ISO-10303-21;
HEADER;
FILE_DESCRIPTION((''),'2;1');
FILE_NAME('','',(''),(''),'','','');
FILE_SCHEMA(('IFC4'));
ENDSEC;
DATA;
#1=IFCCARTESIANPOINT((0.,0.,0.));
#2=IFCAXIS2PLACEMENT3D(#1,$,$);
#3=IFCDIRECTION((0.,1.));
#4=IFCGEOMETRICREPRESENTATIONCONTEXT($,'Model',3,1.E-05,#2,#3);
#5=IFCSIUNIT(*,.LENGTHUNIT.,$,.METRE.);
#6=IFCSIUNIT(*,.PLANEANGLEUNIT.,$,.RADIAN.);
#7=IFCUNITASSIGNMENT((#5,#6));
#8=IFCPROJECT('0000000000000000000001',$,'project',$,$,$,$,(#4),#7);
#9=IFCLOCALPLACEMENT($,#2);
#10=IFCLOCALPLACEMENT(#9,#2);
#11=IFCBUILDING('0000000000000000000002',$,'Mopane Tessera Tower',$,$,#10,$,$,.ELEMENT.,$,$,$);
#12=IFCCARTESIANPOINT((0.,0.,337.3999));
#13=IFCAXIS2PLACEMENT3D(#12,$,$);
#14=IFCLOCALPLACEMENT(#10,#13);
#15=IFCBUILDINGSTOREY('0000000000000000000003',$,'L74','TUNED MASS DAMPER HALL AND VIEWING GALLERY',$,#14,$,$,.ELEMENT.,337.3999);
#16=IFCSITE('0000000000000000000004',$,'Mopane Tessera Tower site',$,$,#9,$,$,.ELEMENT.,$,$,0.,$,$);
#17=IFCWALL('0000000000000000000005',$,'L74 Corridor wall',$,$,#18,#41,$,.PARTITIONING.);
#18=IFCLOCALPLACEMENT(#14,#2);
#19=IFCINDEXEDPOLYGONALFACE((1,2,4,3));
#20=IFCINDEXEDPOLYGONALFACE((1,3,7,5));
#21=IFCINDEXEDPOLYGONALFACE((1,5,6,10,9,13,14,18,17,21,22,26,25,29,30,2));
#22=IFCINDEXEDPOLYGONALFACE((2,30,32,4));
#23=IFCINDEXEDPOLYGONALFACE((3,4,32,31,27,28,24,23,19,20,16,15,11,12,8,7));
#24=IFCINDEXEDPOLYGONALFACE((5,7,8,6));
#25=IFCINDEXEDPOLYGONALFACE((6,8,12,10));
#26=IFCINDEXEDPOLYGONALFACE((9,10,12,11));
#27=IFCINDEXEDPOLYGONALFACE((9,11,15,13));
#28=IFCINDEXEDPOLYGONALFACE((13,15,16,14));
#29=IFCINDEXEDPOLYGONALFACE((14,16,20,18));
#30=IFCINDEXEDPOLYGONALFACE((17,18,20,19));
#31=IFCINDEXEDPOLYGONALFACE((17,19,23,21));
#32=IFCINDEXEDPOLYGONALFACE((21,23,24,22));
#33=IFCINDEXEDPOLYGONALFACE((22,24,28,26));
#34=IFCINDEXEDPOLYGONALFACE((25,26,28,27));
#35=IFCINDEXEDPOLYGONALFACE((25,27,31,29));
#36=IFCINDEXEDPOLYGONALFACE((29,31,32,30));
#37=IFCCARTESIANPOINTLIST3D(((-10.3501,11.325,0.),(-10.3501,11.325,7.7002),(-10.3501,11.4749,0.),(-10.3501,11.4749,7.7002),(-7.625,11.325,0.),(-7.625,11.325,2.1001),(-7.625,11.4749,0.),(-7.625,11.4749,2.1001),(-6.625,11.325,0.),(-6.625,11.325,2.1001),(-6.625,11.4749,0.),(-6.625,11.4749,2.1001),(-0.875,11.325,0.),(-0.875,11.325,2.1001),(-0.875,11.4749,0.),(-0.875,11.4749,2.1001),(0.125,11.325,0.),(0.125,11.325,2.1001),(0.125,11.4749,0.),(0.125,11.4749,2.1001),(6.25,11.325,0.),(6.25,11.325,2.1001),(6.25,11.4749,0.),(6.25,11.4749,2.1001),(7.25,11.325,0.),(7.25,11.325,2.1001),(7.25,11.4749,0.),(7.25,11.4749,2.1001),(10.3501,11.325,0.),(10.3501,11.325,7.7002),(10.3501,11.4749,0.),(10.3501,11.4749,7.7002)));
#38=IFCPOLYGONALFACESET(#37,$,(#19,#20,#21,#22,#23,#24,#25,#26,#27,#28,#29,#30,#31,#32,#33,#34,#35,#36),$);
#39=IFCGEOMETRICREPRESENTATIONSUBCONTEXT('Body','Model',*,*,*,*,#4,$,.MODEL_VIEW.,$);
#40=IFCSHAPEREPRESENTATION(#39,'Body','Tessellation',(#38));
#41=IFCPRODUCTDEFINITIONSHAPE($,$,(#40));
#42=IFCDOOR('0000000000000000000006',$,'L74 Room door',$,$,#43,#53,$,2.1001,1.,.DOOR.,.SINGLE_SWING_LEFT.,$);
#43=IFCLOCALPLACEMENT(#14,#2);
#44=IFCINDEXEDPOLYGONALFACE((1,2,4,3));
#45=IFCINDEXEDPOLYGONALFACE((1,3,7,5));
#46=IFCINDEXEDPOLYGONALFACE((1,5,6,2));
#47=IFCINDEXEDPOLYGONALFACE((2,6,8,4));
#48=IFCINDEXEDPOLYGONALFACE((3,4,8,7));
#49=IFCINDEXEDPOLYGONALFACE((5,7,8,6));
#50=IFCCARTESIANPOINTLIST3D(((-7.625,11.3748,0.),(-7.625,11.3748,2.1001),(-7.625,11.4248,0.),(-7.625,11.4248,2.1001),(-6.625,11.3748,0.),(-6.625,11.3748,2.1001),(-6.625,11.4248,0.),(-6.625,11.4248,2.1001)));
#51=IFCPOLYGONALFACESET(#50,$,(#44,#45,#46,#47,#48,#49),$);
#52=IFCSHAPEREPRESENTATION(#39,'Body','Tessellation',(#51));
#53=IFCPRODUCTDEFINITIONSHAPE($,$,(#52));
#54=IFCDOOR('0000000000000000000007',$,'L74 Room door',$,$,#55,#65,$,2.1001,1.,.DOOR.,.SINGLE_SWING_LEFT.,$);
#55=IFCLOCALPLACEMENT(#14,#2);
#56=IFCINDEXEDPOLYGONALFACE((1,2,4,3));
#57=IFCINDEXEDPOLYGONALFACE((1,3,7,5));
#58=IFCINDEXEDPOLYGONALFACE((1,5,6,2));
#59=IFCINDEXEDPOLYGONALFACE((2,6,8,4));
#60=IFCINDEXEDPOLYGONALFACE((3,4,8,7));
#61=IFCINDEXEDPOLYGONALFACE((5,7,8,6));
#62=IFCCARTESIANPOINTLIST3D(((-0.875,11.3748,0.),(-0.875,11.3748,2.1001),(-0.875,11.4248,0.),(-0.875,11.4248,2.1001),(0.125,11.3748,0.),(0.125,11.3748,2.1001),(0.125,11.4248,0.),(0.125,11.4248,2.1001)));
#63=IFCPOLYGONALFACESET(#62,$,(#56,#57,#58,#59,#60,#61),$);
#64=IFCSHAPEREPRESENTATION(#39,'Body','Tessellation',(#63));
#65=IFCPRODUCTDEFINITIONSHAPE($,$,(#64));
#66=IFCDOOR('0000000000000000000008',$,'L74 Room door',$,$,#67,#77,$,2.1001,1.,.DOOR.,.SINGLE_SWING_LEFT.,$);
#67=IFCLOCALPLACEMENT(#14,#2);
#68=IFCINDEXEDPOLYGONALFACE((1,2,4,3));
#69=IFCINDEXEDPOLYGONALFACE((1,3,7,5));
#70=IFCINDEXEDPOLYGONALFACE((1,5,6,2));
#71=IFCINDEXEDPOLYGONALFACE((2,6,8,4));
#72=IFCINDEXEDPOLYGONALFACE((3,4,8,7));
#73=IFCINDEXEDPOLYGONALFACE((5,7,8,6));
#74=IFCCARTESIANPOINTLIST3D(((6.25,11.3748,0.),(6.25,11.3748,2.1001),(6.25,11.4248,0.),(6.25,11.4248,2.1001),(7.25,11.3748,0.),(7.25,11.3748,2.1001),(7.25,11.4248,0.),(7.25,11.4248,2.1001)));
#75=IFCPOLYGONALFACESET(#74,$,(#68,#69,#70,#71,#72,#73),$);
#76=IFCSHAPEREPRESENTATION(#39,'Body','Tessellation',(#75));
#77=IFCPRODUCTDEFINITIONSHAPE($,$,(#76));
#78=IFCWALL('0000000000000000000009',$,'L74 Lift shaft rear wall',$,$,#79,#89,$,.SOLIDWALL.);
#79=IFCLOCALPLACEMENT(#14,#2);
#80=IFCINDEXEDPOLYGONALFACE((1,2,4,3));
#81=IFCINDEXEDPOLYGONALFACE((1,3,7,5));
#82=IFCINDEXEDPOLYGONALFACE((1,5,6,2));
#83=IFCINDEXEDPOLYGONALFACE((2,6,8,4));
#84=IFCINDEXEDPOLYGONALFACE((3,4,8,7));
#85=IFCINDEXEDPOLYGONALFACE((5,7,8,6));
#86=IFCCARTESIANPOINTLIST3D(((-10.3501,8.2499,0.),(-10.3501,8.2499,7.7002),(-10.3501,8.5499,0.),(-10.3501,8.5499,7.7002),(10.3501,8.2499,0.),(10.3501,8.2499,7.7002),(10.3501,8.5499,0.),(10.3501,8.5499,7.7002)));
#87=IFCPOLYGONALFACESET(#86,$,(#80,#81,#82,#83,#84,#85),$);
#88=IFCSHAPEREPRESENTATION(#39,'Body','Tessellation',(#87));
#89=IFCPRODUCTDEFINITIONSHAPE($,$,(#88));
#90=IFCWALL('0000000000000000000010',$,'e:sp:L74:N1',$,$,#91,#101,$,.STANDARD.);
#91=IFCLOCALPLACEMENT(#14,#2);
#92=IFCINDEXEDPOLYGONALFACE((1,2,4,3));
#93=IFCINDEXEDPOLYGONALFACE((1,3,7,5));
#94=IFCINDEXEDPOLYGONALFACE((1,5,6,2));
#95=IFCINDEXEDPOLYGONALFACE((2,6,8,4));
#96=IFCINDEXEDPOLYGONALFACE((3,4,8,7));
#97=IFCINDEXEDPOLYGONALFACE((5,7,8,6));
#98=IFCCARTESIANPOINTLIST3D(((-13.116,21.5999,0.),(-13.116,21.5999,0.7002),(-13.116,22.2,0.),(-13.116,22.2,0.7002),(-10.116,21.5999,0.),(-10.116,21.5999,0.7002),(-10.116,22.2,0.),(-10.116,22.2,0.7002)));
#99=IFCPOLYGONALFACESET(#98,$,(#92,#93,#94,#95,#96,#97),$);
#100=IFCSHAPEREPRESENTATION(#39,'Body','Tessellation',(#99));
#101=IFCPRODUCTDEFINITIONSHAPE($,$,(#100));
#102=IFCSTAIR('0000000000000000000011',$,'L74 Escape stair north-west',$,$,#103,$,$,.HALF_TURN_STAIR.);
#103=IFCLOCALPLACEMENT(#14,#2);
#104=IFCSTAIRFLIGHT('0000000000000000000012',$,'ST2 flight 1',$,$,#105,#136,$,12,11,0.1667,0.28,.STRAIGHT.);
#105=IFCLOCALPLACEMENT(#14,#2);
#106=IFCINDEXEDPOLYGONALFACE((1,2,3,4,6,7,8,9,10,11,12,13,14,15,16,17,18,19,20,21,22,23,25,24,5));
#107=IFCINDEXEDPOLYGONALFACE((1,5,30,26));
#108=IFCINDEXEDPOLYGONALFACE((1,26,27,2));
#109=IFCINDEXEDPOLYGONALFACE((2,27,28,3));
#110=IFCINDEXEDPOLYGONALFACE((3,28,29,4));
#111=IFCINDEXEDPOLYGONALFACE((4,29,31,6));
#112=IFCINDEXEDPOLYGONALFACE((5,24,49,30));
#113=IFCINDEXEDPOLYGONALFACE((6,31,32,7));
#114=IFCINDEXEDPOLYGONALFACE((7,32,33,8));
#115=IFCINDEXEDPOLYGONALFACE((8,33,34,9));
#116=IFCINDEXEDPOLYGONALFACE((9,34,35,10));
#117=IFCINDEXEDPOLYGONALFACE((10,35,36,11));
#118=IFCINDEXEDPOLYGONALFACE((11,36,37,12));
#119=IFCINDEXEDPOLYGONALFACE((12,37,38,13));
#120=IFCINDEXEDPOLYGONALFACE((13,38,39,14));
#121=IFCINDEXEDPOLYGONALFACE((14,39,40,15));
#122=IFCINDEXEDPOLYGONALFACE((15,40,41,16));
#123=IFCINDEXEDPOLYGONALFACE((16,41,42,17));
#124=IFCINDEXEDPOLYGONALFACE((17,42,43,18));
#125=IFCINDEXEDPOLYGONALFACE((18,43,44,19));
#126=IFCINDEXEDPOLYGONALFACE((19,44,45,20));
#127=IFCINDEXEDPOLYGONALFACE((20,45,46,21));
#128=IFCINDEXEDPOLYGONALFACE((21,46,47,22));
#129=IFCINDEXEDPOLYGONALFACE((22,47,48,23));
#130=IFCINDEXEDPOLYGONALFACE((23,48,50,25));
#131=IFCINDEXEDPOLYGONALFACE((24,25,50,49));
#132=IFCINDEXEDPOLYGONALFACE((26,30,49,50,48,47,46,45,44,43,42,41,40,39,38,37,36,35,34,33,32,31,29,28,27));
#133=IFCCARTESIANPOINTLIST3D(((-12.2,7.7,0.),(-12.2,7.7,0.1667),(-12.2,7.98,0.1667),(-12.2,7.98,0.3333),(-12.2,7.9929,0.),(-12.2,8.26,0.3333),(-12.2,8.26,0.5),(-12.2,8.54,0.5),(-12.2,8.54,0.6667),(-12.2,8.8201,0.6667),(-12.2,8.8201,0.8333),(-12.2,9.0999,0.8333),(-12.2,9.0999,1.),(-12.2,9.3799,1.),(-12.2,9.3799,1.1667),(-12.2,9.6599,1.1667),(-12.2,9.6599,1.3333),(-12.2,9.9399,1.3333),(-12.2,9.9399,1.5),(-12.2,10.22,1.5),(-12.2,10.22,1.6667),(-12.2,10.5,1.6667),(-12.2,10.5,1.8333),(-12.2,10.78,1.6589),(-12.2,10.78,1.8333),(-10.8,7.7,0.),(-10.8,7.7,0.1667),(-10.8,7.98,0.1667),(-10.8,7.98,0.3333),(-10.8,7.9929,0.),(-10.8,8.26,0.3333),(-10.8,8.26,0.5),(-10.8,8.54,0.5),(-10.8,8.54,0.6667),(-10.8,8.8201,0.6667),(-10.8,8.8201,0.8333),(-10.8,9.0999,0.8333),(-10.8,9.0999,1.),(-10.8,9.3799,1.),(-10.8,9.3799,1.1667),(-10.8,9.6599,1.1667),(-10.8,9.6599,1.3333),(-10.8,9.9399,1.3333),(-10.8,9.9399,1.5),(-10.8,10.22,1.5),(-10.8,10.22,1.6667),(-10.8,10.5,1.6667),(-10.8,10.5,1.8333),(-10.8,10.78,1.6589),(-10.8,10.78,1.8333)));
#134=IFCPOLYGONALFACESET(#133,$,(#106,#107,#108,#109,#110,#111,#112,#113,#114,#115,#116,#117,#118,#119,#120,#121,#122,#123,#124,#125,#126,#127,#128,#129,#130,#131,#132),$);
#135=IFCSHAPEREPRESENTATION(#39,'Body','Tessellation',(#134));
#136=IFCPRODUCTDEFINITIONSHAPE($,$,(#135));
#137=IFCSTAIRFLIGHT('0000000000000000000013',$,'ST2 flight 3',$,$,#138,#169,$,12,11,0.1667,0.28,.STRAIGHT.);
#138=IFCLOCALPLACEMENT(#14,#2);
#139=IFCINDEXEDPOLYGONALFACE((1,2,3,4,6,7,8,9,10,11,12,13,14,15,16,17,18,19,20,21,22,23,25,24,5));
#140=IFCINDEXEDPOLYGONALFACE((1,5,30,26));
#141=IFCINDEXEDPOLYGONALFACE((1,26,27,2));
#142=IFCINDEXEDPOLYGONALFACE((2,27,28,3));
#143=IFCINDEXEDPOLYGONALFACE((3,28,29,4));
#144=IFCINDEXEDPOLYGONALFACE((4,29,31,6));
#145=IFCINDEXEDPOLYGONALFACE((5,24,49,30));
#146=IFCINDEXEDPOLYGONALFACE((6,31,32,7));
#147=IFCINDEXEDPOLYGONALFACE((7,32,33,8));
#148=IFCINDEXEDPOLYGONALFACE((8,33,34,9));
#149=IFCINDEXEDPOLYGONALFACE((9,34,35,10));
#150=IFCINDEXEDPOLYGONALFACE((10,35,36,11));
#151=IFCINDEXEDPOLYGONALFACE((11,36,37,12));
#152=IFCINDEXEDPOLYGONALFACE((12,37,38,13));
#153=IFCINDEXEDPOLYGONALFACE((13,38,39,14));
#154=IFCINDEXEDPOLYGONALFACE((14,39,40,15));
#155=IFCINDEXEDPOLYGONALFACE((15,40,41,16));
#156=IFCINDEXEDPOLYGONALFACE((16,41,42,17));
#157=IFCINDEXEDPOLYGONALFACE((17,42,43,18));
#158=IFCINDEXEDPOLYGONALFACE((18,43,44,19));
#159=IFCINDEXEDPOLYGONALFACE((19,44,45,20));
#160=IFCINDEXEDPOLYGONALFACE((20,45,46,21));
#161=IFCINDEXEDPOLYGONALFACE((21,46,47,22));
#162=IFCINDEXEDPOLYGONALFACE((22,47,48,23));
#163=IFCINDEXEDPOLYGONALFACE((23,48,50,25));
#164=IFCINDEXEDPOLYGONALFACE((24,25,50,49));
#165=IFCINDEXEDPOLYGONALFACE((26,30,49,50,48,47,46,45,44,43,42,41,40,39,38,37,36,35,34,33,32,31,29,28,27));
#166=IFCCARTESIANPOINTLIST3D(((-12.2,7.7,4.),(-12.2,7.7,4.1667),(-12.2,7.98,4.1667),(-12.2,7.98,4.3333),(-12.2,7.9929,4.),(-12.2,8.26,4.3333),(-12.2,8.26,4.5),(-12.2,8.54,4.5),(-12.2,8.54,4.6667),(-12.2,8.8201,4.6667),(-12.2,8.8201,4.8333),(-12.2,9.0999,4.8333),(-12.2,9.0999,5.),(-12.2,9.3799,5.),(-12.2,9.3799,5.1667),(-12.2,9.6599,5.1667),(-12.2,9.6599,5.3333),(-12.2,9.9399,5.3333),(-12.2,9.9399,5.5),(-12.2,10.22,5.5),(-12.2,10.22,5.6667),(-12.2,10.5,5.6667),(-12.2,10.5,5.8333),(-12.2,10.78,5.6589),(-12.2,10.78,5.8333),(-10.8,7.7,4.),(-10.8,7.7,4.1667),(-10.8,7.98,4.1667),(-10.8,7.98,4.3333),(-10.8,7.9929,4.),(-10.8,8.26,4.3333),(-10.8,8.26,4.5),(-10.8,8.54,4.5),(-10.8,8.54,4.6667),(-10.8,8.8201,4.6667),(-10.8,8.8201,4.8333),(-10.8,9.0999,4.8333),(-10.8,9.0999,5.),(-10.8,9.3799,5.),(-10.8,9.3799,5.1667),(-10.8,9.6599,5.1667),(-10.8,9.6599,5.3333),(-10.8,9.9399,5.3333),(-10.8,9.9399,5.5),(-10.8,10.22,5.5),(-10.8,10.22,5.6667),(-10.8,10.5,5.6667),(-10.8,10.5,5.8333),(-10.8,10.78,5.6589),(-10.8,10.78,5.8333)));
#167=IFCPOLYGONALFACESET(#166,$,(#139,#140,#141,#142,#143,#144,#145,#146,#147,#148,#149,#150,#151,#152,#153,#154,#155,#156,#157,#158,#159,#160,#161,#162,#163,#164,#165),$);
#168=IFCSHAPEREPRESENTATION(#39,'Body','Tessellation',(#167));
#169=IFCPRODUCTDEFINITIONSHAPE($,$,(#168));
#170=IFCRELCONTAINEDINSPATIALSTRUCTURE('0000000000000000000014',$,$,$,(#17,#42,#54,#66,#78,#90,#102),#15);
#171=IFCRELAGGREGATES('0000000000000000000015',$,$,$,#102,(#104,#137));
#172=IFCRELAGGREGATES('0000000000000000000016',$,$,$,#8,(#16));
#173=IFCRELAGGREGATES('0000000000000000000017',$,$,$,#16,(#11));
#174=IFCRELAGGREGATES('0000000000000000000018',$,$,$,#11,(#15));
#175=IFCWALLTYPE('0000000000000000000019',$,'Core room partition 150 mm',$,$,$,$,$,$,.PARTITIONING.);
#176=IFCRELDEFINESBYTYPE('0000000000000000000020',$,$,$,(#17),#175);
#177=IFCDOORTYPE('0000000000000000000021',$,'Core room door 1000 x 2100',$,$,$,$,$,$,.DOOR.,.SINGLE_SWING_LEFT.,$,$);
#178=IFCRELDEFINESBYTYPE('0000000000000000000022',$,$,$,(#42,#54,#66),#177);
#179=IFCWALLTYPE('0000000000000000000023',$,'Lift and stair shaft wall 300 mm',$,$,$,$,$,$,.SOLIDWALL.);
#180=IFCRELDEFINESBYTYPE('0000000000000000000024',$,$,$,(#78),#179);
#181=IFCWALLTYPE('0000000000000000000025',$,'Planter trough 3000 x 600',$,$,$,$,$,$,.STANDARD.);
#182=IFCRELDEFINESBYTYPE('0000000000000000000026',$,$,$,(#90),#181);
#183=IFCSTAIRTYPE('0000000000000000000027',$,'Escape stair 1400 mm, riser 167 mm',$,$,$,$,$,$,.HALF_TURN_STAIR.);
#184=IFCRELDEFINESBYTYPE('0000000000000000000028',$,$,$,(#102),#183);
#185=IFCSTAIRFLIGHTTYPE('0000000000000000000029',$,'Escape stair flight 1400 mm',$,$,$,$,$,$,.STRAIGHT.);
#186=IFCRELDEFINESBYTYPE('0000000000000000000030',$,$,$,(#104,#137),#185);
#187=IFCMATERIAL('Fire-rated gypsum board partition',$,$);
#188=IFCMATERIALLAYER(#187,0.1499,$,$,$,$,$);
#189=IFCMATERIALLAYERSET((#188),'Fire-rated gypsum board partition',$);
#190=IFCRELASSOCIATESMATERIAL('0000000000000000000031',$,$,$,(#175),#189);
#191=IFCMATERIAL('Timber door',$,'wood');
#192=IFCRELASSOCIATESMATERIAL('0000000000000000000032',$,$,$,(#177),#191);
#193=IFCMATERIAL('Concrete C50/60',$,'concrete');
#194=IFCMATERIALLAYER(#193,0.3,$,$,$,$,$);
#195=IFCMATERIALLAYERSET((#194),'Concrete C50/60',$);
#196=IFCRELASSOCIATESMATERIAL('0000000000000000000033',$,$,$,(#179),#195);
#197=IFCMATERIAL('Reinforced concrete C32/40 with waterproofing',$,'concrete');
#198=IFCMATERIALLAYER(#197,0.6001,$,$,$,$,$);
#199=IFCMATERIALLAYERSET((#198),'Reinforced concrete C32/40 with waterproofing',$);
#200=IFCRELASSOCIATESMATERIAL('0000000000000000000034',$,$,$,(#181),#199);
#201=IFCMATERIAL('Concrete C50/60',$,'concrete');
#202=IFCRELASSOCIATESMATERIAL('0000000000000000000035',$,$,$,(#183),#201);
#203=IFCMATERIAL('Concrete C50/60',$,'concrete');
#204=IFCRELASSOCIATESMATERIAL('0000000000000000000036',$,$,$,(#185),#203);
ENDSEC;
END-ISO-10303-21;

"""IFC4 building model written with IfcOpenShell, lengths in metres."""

from ifc_helpers import new_model, si_unit, direction, frame, frame_2d, origin, place, context, subcontext, project, spatial, polyline, rectangle, outline, extrude, material, layer, layer_set, type_object, element, fill, aggregate, save


model = new_model("IFC4")

# Units and contexts
model_context = context("Model", 3, precision=1e-05, world=origin(), true_north=direction((0.0, 1.0)))
body_context = subcontext(model_context, "Body", "Model", "MODEL_VIEW")
ifc_project = project(units=[si_unit("LENGTHUNIT", "METRE"), si_unit("PLANEANGLEUNIT", "RADIAN")], contexts=[model_context])

# Site, building, storey
site_placement = place(None, origin())
site = spatial("IfcSite", under=ifc_project, at=site_placement, Name="Mopane Tessera Tower site", CompositionType="ELEMENT", RefElevation=0.0)
building_placement = place(site_placement, origin())
building = spatial("IfcBuilding", under=site, at=building_placement, Name="Mopane Tessera Tower", CompositionType="ELEMENT")
storey_placement = place(building_placement, frame((0.0, 0.0, 337.3999)))
storey = spatial("IfcBuildingStorey", under=building, at=storey_placement, Name="L74", Description="TUNED MASS DAMPER HALL AND VIEWING GALLERY", CompositionType="ELEMENT", Elevation=337.3999)

# Shared definitions
ifc_material_1 = material(Name="Fire-rated gypsum board partition")
ifc_layer_1 = layer(ifc_material_1, 0.1499)
ifc_layer_set_1 = layer_set([ifc_layer_1], Name="Fire-rated gypsum board partition")
wall_type_1 = type_object("IfcWallType", Name="Core room partition 150 mm", PredefinedType="PARTITIONING", material=ifc_layer_set_1)

# Wall, openings, doors
wall_1_placement = place(storey_placement, frame((-10.3501, 11.3999, 0.0), z_axis=(0.0, 0.0, 1.0), x_axis=(1.0, 0.0, 0.0)))
wall_1 = element("IfcWall", 1, at=wall_1_placement, inside=storey, type_object=wall_type_1, Name="L74 Corridor wall", PredefinedType="PARTITIONING", context=body_context, shape_type="SweptSolid", body=[
    extrude(rectangle(XDim=20.7002, YDim=0.1499, at=frame_2d((10.3501, 0.0))), origin(), (0.0, 0.0, 1.0), 7.7002),
])
opening_1_placement = place(wall_1_placement, frame((2.7251, 0.0, 0.0)))
opening_1 = element("IfcOpeningElement", 2, at=opening_1_placement, cuts=wall_1, PredefinedType="OPENING", context=body_context, shape_type="SweptSolid", body=[
    extrude(rectangle(XDim=1.0, YDim=2.1001, at=frame_2d((0.5, 1.05))), frame((0.0, 0.0869, 0.0), z_axis=(0.0, -1.0, 0.0), x_axis=(1.0, 0.0, 0.0)), (0.0, 0.0, 1.0), 0.1738),
])
opening_2_placement = place(wall_1_placement, frame((9.4751, 0.0, 0.0)))
opening_2 = element("IfcOpeningElement", 3, at=opening_2_placement, cuts=wall_1, PredefinedType="OPENING", context=body_context, shape_type="SweptSolid", body=[
    extrude(rectangle(XDim=1.0, YDim=2.1001, at=frame_2d((0.5, 1.05))), frame((0.0, 0.0869, 0.0), z_axis=(0.0, -1.0, 0.0), x_axis=(1.0, 0.0, 0.0)), (0.0, 0.0, 1.0), 0.1738),
])
opening_3_placement = place(wall_1_placement, frame((16.6001, 0.0, 0.0)))
opening_3 = element("IfcOpeningElement", 4, at=opening_3_placement, cuts=wall_1, PredefinedType="OPENING", context=body_context, shape_type="SweptSolid", body=[
    extrude(rectangle(XDim=1.0, YDim=2.1001, at=frame_2d((0.5, 1.05))), frame((0.0, 0.0869, 0.0), z_axis=(0.0, -1.0, 0.0), x_axis=(1.0, 0.0, 0.0)), (0.0, 0.0, 1.0), 0.1738),
])
ifc_material_2 = material(Name="Timber door", Category="wood")
door_type_1 = type_object("IfcDoorType", Name="Core room door 1000 x 2100", OperationType="SINGLE_SWING_LEFT", PredefinedType="DOOR", material=ifc_material_2)
door_1_placement = place(opening_1_placement, origin())
door_1 = element("IfcDoor", 5, at=door_1_placement, inside=storey, type_object=door_type_1, Name="L74 Room door", OperationType="SINGLE_SWING_LEFT", OverallHeight=2.1001, OverallWidth=1.0, PredefinedType="DOOR", context=body_context, shape_type="SweptSolid", body=[
    extrude(rectangle(XDim=1.0, YDim=2.1001, at=frame_2d((0.5, 1.05))), frame((0.0, 0.0249, 0.0), z_axis=(0.0, -1.0, 0.0), x_axis=(1.0, 0.0, 0.0)), (0.0, 0.0, 1.0), 0.05),
])
fill(opening_1, door_1)
door_2_placement = place(opening_2_placement, origin())
door_2 = element("IfcDoor", 6, at=door_2_placement, inside=storey, type_object=door_type_1, Name="L74 Room door", OperationType="SINGLE_SWING_LEFT", OverallHeight=2.1001, OverallWidth=1.0, PredefinedType="DOOR", context=body_context, shape_type="SweptSolid", body=[
    extrude(rectangle(XDim=1.0, YDim=2.1001, at=frame_2d((0.5, 1.05))), frame((0.0, 0.0249, 0.0), z_axis=(0.0, -1.0, 0.0), x_axis=(1.0, 0.0, 0.0)), (0.0, 0.0, 1.0), 0.05),
])
fill(opening_2, door_2)
door_3_placement = place(opening_3_placement, origin())
door_3 = element("IfcDoor", 7, at=door_3_placement, inside=storey, type_object=door_type_1, Name="L74 Room door", OperationType="SINGLE_SWING_LEFT", OverallHeight=2.1001, OverallWidth=1.0, PredefinedType="DOOR", context=body_context, shape_type="SweptSolid", body=[
    extrude(rectangle(XDim=1.0, YDim=2.1001, at=frame_2d((0.5, 1.05))), frame((0.0, 0.0249, 0.0), z_axis=(0.0, -1.0, 0.0), x_axis=(1.0, 0.0, 0.0)), (0.0, 0.0, 1.0), 0.05),
])
fill(opening_3, door_3)

# Walls
ifc_material_3 = material(Name="Concrete C50/60", Category="concrete")
ifc_layer_2 = layer(ifc_material_3, 0.3)
ifc_layer_set_2 = layer_set([ifc_layer_2], Name="Concrete C50/60")
wall_type_2 = type_object("IfcWallType", Name="Lift and stair shaft wall 300 mm", PredefinedType="SOLIDWALL", material=ifc_layer_set_2)
wall_2_placement = place(storey_placement, frame((-10.3501, 8.3999, 0.0), z_axis=(0.0, 0.0, 1.0), x_axis=(1.0, 0.0, 0.0)))
element("IfcWall", 8, at=wall_2_placement, inside=storey, type_object=wall_type_2, Name="L74 Lift shaft rear wall", PredefinedType="SOLIDWALL", context=body_context, shape_type="SweptSolid", body=[
    extrude(rectangle(XDim=20.7002, YDim=0.3, at=frame_2d((10.3501, 0.0))), origin(), (0.0, 0.0, 1.0), 7.7002),
])
ifc_material_4 = material(Name="Reinforced concrete C32/40 with waterproofing", Category="concrete")
ifc_layer_3 = layer(ifc_material_4, 0.6001)
ifc_layer_set_3 = layer_set([ifc_layer_3], Name="Reinforced concrete C32/40 with waterproofing")
wall_type_3 = type_object("IfcWallType", Name="Planter trough 3000 x 600", PredefinedType="STANDARD", material=ifc_layer_set_3)
wall_3_placement = place(storey_placement, frame((-10.116, 21.8999, 0.0), z_axis=(0.0, 0.0, 1.0), x_axis=(-1.0, 0.0, 0.0)))
element("IfcWall", 9, at=wall_3_placement, inside=storey, type_object=wall_type_3, Name="e:sp:L74:N1", PredefinedType="STANDARD", context=body_context, shape_type="SweptSolid", body=[
    extrude(rectangle(XDim=3.0, YDim=0.6001, at=frame_2d((1.5, 0.0))), origin(), (0.0, 0.0, 1.0), 0.7002),
])

# Stair, stair flights
ifc_material_5 = material(Name="Concrete C50/60", Category="concrete")
stair_type = type_object("IfcStairType", Name="Escape stair 1400 mm, riser 167 mm", PredefinedType="HALF_TURN_STAIR", material=ifc_material_5)
stair_placement = place(storey_placement, origin())
stair = element("IfcStair", 10, at=stair_placement, inside=storey, type_object=stair_type, Name="L74 Escape stair north-west", PredefinedType="HALF_TURN_STAIR")
ifc_material_6 = material(Name="Concrete C50/60", Category="concrete")
stair_flight_type = type_object("IfcStairFlightType", Name="Escape stair flight 1400 mm", PredefinedType="STRAIGHT", material=ifc_material_6)
stair_flight_1_placement = place(storey_placement, frame((-11.5, 7.7, 0.0), z_axis=(0.0, 0.0, 1.0), x_axis=(0.0, 1.0, 0.0)))
stair_flight_1 = element("IfcStairFlight", 11, at=stair_flight_1_placement, type_object=stair_flight_type, Name="ST2 flight 1", NumberOfRisers=12, NumberOfTreads=11, PredefinedType="STRAIGHT", RiserHeight=0.1667, TreadLength=0.28, context=body_context, shape_type="SweptSolid", body=[
    extrude(outline(polyline([(0.0, 0.0), (0.0, 0.1667), (0.28, 0.1667), (0.28, 0.3333), (0.5601, 0.3333), (0.5601, 0.5), (0.8401, 0.5), (0.8401, 0.6667), (1.1201, 0.6667), (1.1201, 0.8333), (1.3999, 0.8333), (1.3999, 1.0), (1.6799, 1.0), (1.6799, 1.1667), (1.96, 1.1667), (1.96, 1.3333), (2.24, 1.3333), (2.24, 1.5), (2.52, 1.5), (2.52, 1.6667), (2.8, 1.6667), (2.8, 1.8333), (3.0801, 1.8333), (3.0801, 2.0), (3.0801, 1.6589), (0.293, 0.0), (0.0, 0.0)])), frame((0.0, 0.7, 0.0), z_axis=(0.0, -1.0, 0.0), x_axis=(1.0, 0.0, 0.0)), (0.0, 0.0, 1.0), 1.3999),
])
stair_flight_2_placement = place(storey_placement, frame((-11.5, 7.7, 4.0), z_axis=(0.0, 0.0, 1.0), x_axis=(0.0, 1.0, 0.0)))
stair_flight_2 = element("IfcStairFlight", 12, at=stair_flight_2_placement, type_object=stair_flight_type, Name="ST2 flight 3", NumberOfRisers=12, NumberOfTreads=11, PredefinedType="STRAIGHT", RiserHeight=0.1667, TreadLength=0.28, context=body_context, shape_type="SweptSolid", body=[
    extrude(outline(polyline([(0.0, 0.0), (0.0, 0.1667), (0.28, 0.1667), (0.28, 0.3333), (0.5601, 0.3333), (0.5601, 0.5), (0.8401, 0.5), (0.8401, 0.6667), (1.1201, 0.6667), (1.1201, 0.8333), (1.3999, 0.8333), (1.3999, 1.0), (1.6799, 1.0), (1.6799, 1.1667), (1.96, 1.1667), (1.96, 1.3333), (2.24, 1.3333), (2.24, 1.5), (2.52, 1.5), (2.52, 1.6667), (2.8, 1.6667), (2.8, 1.8333), (3.0801, 1.8333), (3.0801, 2.0), (3.0801, 1.6589), (0.293, 0.0), (0.0, 0.0)])), frame((0.0, 0.7, 0.0), z_axis=(0.0, -1.0, 0.0), x_axis=(1.0, 0.0, 0.0)), (0.0, 0.0, 1.0), 1.3999),
])
aggregate(stair, [stair_flight_1, stair_flight_2])

save(model, "model.ifc")
